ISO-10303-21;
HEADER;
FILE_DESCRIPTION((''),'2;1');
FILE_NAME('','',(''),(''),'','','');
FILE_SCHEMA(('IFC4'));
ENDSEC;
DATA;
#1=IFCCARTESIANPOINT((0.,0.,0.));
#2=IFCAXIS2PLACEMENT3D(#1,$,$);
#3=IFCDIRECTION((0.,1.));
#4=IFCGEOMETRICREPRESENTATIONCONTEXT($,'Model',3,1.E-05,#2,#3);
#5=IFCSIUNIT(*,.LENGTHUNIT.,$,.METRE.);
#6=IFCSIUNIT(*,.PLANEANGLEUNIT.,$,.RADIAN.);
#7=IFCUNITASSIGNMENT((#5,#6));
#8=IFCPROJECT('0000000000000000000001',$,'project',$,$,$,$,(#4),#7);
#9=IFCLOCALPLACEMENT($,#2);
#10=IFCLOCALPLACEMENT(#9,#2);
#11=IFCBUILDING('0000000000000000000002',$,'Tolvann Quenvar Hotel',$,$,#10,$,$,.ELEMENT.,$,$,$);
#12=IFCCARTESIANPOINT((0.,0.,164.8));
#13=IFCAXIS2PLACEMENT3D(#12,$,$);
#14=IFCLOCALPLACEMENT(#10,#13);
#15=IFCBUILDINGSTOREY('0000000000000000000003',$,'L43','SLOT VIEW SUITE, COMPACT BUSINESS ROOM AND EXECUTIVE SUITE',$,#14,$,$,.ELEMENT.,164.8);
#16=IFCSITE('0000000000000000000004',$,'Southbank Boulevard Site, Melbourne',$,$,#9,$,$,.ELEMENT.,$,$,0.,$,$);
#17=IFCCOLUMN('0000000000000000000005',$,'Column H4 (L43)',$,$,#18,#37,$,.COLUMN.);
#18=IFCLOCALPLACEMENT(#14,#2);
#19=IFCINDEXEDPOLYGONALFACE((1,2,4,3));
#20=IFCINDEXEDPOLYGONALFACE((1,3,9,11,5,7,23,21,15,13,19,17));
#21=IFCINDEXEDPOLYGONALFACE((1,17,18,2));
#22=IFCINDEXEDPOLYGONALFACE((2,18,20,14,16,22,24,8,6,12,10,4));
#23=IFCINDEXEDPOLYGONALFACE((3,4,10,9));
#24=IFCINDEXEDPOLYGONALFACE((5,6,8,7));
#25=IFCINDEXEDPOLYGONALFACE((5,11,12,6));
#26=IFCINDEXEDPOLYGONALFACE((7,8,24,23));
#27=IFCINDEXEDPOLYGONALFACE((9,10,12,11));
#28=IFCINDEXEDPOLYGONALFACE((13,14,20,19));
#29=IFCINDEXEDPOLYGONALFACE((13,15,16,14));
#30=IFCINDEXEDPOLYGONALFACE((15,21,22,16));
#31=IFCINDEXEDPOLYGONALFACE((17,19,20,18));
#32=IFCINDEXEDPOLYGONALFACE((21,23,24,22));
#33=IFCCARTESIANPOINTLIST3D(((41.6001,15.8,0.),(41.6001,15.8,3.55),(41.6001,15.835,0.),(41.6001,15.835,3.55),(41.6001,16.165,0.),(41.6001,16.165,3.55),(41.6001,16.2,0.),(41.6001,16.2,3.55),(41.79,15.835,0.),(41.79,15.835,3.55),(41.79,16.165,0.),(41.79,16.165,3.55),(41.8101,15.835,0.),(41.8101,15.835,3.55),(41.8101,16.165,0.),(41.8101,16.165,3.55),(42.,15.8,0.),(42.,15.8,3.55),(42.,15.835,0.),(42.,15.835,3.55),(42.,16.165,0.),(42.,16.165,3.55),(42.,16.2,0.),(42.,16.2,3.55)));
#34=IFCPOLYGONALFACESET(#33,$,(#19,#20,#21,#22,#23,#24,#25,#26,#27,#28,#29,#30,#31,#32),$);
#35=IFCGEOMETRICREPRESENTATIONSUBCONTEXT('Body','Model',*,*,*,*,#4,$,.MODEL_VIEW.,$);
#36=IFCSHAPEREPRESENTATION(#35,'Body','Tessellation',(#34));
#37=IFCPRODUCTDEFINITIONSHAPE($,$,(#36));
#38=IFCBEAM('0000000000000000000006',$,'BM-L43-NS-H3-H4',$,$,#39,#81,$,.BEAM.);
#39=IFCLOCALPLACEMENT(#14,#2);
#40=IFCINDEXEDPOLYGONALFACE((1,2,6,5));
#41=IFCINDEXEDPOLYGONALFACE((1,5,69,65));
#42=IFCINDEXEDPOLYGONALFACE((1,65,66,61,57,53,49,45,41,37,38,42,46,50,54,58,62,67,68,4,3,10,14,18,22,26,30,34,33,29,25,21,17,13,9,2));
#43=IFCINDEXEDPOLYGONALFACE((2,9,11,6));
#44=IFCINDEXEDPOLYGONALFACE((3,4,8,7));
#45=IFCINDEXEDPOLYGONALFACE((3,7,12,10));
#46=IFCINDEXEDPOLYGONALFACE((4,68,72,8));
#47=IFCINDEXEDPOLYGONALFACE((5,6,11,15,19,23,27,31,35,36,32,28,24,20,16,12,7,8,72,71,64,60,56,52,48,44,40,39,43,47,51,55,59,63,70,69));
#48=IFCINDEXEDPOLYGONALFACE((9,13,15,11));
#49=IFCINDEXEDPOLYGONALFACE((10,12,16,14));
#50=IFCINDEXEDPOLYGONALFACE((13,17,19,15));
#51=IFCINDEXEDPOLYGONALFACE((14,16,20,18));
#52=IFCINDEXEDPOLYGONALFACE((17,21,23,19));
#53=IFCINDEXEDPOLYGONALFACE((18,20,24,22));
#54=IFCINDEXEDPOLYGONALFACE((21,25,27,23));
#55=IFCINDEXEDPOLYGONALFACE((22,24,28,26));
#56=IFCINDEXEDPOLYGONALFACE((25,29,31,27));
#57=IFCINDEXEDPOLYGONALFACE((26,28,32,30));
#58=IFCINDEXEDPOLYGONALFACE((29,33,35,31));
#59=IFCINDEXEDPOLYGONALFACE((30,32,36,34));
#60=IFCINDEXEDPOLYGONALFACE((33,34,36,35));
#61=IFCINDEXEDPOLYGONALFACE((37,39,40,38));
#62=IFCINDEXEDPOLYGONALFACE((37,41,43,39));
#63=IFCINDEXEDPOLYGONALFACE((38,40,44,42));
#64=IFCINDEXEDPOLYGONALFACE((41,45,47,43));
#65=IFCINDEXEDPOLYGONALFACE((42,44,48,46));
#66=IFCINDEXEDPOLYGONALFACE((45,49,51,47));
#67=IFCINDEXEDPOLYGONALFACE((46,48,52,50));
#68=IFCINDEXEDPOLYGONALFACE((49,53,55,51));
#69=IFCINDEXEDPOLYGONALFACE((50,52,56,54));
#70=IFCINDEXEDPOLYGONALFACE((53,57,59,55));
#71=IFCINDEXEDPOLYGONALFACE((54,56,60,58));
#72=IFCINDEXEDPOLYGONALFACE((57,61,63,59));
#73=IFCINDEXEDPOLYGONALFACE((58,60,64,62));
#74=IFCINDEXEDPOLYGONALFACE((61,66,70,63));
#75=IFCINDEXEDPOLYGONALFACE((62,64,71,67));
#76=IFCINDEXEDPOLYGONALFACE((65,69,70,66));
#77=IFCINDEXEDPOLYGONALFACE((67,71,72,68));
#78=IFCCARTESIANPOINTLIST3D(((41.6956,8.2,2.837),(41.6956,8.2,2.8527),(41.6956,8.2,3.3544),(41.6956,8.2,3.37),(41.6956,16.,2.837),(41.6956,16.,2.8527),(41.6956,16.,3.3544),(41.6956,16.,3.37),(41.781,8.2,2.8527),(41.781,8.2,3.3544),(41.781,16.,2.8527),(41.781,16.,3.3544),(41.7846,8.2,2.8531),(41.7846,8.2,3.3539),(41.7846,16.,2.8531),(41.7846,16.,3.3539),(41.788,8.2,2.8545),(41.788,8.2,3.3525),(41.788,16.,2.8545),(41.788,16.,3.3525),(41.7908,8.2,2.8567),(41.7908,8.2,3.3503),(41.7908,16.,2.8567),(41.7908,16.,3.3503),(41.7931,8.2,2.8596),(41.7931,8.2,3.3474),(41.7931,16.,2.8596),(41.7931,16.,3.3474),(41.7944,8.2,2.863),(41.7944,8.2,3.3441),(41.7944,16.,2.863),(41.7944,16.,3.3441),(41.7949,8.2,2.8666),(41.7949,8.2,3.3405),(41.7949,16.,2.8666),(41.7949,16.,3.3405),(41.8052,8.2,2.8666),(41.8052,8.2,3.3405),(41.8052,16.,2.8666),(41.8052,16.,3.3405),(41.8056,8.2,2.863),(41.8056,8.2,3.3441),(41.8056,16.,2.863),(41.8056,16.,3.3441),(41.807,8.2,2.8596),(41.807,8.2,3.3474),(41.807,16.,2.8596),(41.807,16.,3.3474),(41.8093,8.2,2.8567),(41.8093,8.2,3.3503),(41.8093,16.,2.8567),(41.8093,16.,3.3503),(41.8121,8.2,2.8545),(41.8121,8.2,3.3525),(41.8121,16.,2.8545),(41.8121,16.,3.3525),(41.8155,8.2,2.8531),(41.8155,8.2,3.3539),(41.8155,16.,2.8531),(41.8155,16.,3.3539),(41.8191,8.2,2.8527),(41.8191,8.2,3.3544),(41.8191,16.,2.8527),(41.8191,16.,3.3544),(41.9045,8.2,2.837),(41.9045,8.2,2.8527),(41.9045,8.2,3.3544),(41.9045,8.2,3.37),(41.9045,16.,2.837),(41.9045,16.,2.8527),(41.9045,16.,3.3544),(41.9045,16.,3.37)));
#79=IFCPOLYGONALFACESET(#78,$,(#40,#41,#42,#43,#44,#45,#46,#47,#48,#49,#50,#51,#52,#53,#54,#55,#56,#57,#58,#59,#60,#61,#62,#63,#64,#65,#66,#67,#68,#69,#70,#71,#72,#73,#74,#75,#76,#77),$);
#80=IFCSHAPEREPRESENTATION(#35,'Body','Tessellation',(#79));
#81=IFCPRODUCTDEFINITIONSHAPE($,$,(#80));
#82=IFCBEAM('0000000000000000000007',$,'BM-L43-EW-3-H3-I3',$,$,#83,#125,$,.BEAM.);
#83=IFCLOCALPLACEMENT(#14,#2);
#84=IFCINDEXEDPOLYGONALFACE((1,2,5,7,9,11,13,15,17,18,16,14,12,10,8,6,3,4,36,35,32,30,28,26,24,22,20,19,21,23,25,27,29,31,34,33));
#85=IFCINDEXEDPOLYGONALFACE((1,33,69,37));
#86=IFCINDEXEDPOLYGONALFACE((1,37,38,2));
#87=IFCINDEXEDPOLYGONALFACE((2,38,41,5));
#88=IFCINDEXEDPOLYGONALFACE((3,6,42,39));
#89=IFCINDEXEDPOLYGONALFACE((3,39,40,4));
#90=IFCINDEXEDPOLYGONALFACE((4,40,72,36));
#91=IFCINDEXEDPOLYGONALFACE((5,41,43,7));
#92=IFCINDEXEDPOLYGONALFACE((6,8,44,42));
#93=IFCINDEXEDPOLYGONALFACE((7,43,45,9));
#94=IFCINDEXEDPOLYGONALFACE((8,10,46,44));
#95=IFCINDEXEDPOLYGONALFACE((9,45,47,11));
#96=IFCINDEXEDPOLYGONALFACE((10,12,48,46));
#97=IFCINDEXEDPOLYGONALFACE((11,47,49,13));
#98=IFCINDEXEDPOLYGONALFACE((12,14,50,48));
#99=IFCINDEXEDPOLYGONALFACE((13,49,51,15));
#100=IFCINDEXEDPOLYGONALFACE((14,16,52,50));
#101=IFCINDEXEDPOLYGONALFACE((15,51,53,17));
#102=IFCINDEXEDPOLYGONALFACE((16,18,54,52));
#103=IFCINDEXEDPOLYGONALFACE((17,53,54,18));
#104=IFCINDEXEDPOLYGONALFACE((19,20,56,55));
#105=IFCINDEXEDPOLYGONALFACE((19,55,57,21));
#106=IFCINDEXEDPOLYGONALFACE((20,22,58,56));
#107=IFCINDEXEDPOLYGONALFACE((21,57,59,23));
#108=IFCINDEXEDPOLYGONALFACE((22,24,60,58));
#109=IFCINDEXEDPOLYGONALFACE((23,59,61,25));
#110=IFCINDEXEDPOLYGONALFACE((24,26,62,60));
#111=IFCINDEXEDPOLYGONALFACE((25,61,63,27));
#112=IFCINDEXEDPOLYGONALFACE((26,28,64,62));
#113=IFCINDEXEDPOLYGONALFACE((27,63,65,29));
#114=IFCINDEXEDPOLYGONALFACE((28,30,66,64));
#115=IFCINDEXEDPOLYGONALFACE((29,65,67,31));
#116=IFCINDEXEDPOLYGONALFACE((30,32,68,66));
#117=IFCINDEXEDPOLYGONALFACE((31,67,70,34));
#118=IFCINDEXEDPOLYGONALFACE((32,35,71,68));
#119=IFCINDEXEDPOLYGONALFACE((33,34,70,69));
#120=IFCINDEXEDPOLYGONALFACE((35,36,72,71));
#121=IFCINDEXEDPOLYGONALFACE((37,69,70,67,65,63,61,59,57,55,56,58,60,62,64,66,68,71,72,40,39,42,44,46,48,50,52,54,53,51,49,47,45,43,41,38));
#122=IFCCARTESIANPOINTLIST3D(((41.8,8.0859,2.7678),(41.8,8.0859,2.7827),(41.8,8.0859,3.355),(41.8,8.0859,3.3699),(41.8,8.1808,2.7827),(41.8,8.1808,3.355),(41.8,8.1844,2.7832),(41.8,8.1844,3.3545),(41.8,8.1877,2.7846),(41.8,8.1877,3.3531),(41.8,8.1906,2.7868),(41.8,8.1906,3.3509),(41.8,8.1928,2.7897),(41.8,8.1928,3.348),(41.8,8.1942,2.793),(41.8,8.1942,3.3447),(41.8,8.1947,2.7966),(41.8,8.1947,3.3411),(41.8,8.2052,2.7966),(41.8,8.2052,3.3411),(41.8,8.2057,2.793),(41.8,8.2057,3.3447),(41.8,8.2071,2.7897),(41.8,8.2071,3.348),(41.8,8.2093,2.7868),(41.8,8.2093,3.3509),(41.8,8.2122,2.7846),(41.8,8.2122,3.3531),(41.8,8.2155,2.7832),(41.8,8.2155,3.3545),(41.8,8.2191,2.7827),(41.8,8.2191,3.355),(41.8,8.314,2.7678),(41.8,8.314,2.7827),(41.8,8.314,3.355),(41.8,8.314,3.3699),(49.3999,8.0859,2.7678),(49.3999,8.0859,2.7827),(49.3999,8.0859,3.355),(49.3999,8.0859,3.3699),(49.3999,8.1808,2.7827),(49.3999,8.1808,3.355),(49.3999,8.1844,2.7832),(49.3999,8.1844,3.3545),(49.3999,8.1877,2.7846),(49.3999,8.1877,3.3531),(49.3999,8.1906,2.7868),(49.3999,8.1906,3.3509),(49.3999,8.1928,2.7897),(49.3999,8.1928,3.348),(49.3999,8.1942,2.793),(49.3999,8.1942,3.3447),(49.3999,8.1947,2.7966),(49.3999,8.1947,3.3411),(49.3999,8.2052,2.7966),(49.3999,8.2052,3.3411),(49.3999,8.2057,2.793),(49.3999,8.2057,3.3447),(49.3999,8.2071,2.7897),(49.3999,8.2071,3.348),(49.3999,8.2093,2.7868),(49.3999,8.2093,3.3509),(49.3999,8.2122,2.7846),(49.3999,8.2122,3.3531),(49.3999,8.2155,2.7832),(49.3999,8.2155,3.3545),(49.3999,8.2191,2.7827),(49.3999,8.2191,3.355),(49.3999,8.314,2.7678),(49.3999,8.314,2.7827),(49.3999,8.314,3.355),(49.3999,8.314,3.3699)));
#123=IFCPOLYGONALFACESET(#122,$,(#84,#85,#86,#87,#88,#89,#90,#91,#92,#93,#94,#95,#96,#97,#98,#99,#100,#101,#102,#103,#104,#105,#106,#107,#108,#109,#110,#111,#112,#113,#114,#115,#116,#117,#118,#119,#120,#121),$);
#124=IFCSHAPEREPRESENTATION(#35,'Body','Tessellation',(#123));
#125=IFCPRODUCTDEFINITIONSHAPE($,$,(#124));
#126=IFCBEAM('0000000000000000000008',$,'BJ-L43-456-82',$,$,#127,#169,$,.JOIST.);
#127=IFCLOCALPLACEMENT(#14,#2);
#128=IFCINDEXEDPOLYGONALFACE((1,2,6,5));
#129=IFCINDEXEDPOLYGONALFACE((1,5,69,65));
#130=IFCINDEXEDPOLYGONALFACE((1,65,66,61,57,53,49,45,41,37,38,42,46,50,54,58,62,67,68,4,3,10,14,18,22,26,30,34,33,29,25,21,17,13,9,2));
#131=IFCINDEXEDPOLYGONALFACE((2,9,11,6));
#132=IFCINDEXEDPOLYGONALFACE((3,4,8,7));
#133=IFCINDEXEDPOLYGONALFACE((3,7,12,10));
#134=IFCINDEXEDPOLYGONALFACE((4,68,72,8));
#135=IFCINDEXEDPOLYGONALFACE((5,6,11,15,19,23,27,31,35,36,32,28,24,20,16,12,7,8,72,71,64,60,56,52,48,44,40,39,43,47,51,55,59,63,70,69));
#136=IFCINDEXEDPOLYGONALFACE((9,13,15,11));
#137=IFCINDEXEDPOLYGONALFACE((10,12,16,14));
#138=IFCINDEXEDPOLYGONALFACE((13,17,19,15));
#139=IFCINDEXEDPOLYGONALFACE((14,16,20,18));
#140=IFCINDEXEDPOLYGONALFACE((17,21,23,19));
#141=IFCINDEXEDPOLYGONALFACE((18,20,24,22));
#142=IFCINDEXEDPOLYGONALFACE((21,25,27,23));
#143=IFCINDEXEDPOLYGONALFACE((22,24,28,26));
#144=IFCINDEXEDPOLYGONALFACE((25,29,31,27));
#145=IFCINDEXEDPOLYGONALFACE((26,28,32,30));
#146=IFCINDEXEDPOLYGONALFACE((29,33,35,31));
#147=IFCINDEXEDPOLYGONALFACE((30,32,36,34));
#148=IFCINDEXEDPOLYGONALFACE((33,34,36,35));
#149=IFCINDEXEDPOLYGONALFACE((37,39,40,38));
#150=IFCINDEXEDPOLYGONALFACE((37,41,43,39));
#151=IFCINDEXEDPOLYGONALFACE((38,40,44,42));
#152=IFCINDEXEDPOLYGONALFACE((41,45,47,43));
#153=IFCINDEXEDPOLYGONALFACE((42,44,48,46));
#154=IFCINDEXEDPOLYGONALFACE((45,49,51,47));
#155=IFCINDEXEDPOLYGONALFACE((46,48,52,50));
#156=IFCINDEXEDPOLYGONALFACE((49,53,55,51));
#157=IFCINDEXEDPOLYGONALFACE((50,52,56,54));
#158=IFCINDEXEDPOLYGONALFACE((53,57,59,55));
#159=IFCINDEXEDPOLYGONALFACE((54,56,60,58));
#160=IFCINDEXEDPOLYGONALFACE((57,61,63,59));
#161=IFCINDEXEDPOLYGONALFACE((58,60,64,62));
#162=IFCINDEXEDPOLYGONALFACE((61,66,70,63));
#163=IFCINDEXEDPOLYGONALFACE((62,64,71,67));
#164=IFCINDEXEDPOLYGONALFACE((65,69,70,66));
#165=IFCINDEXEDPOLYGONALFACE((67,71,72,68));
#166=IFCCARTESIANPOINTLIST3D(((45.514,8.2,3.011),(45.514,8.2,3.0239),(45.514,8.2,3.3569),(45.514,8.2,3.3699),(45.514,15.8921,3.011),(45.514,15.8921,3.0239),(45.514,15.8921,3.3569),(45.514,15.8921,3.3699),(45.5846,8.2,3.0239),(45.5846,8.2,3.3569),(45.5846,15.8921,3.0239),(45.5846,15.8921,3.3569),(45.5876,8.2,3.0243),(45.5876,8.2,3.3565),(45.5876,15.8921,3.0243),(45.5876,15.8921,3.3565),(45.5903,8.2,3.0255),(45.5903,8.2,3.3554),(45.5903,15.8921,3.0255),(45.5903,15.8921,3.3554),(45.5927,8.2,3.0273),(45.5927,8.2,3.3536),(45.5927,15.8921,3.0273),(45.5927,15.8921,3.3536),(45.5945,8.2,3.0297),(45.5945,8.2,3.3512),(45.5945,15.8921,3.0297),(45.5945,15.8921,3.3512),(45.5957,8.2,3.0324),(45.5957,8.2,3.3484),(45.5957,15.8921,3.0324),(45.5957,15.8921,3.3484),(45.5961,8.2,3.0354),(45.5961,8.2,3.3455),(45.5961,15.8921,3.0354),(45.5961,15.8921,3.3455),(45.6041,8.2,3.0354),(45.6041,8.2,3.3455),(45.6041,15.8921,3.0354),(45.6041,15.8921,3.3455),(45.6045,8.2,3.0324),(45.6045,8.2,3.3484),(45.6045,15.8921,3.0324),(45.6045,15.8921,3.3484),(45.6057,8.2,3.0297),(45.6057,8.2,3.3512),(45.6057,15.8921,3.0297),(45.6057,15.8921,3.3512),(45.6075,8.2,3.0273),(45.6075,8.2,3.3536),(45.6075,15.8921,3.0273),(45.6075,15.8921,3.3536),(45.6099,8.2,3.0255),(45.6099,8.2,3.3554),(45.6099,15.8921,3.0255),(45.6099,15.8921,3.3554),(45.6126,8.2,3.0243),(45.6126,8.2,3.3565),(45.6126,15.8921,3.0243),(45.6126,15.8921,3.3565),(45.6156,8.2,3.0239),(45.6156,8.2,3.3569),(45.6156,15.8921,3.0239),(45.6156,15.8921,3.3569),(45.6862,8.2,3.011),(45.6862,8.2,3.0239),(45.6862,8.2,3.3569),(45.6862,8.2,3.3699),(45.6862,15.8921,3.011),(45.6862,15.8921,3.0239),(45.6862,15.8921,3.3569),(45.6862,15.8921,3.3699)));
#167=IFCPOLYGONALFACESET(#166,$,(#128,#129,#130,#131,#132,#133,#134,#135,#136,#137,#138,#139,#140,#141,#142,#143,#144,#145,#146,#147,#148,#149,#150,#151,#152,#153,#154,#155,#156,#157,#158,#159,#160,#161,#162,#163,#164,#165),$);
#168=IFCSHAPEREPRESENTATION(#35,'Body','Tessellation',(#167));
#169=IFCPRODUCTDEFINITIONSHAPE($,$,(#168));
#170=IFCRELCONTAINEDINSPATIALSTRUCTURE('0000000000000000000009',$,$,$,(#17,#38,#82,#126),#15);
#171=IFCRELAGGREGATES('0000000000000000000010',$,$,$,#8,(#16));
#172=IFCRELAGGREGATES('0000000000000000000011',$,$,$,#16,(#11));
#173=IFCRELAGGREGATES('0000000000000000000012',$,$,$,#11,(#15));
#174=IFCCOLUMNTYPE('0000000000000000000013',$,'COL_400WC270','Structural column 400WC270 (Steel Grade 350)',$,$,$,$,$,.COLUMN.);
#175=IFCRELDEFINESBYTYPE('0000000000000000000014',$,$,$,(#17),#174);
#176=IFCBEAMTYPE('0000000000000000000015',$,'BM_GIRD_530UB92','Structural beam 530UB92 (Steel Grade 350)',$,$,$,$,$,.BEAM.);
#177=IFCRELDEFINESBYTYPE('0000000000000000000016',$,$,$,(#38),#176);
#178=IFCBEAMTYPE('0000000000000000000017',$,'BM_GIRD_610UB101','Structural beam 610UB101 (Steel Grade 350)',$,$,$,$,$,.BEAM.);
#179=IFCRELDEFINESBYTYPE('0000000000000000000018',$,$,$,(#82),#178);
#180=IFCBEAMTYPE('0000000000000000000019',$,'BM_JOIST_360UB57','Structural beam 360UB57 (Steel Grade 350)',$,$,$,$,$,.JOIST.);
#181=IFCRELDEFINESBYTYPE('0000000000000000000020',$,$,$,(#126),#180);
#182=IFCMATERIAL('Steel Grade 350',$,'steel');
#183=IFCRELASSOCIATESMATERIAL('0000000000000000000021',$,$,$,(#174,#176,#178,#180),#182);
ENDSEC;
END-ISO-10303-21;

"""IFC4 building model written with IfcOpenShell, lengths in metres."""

from ifc_helpers import new_model, si_unit, direction, frame, origin, origin_2d, place, context, subcontext, project, spatial, i_section, extrude, source, transform, mapped, material, material_profile, profile_set, type_object, type_shapes, element, save


model = new_model("IFC4")

# Units and contexts
model_context = context("Model", 3, precision=1e-05, world=origin(), true_north=direction((0.0, 1.0)))
body_context = subcontext(model_context, "Body", "Model", "MODEL_VIEW")
ifc_project = project(units=[si_unit("LENGTHUNIT", "METRE"), si_unit("PLANEANGLEUNIT", "RADIAN")], contexts=[model_context])

# Site, building, storey
site_placement = place(None, origin())
site = spatial("IfcSite", under=ifc_project, at=site_placement, Name="Southbank Boulevard Site, Melbourne", CompositionType="ELEMENT", RefElevation=0.0)
building_placement = place(site_placement, origin())
building = spatial("IfcBuilding", under=site, at=building_placement, Name="Tolvann Quenvar Hotel", CompositionType="ELEMENT")
storey_placement = place(building_placement, frame((0.0, 0.0, 164.8)))
storey = spatial("IfcBuildingStorey", under=building, at=storey_placement, Name="L43", Description="SLOT VIEW SUITE, COMPACT BUSINESS ROOM AND EXECUTIVE SUITE", CompositionType="ELEMENT", Elevation=164.8)

# Column
ifc_material_1 = material(Name="Steel Grade 350", Category="steel")
ifc_material_profile_1 = material_profile(ifc_material_1, i_section(OverallWidth=0.3999, OverallDepth=0.3999, WebThickness=0.02, FlangeThickness=0.0349, at=origin_2d()), Name="400WC270")
ifc_profile_set_1 = profile_set([ifc_material_profile_1], Name="Steel Grade 350")
column_type = type_object("IfcColumnType", Name="COL_400WC270", Description="Structural column 400WC270 (Steel Grade 350)", PredefinedType="COLUMN", material=ifc_profile_set_1)
shared_shape_1 = source(origin(), body_context, "Body", "SweptSolid", [
    extrude(i_section(OverallWidth=0.3999, OverallDepth=0.3999, WebThickness=0.02, FlangeThickness=0.0349, at=origin_2d()), origin(), (0.0, 0.0, 1.0), 3.55),
])
type_shapes(column_type, [shared_shape_1])
column_placement = place(storey_placement, frame((41.8, 16.0, 0.0), z_axis=(0.0, 0.0, 1.0), x_axis=(1.0, 0.0, 0.0)))
element("IfcColumn", 1, at=column_placement, inside=storey, type_object=column_type, Name="Column H4 (L43)", PredefinedType="COLUMN", context=body_context, shape_type="MappedRepresentation", body=[
    mapped(shared_shape_1, transform((0.0, 0.0, 0.0), x_axis=(1.0, 0.0, 0.0), y_axis=(0.0, 1.0, 0.0), z_axis=(0.0, 0.0, 1.0), scale=1.0)),
])

# Beams
ifc_material_profile_2 = material_profile(ifc_material_1, i_section(OverallWidth=0.209, OverallDepth=0.533, WebThickness=0.0103, FlangeThickness=0.0156, FilletRadius=0.0139, at=origin_2d()), Name="530UB92")
ifc_profile_set_2 = profile_set([ifc_material_profile_2], Name="Steel Grade 350")
beam_type_1 = type_object("IfcBeamType", Name="BM_GIRD_530UB92", Description="Structural beam 530UB92 (Steel Grade 350)", PredefinedType="BEAM", material=ifc_profile_set_2)
shared_shape_2 = source(origin(), body_context, "Body", "SweptSolid", [
    extrude(i_section(OverallWidth=0.209, OverallDepth=0.533, WebThickness=0.0103, FlangeThickness=0.0156, FilletRadius=0.0139, at=origin_2d()), origin(), (0.0, 0.0, 1.0), 7.8),
])
type_shapes(beam_type_1, [shared_shape_2])
beam_1_placement = place(storey_placement, frame((41.8, 8.2, 3.1035), z_axis=(0.0, 1.0, 0.0), x_axis=(-1.0, 0.0, 0.0)))
element("IfcBeam", 2, at=beam_1_placement, inside=storey, type_object=beam_type_1, Name="BM-L43-NS-H3-H4", PredefinedType="BEAM", context=body_context, shape_type="MappedRepresentation", body=[
    mapped(shared_shape_2, transform((0.0, 0.0, 0.0), x_axis=(1.0, 0.0, 0.0), y_axis=(0.0, 1.0, 0.0), z_axis=(0.0, 0.0, 1.0), scale=1.0)),
])
ifc_material_profile_3 = material_profile(ifc_material_1, i_section(OverallWidth=0.228, OverallDepth=0.6021, WebThickness=0.0105, FlangeThickness=0.0149, FilletRadius=0.0139, at=origin_2d()), Name="610UB101")
ifc_profile_set_3 = profile_set([ifc_material_profile_3], Name="Steel Grade 350")
beam_type_2 = type_object("IfcBeamType", Name="BM_GIRD_610UB101", Description="Structural beam 610UB101 (Steel Grade 350)", PredefinedType="BEAM", material=ifc_profile_set_3)
shared_shape_3 = source(origin(), body_context, "Body", "SweptSolid", [
    extrude(i_section(OverallWidth=0.228, OverallDepth=0.6021, WebThickness=0.0105, FlangeThickness=0.0149, FilletRadius=0.0139, at=origin_2d()), origin(), (0.0, 0.0, 1.0), 7.5999),
])
type_shapes(beam_type_2, [shared_shape_3])
beam_2_placement = place(storey_placement, frame((41.8, 8.2, 3.0688), z_axis=(1.0, 0.0, 0.0), x_axis=(0.0, 1.0, 0.0)))
element("IfcBeam", 3, at=beam_2_placement, inside=storey, type_object=beam_type_2, Name="BM-L43-EW-3-H3-I3", PredefinedType="BEAM", context=body_context, shape_type="MappedRepresentation", body=[
    mapped(shared_shape_3, transform((0.0, 0.0, 0.0), x_axis=(1.0, 0.0, 0.0), y_axis=(0.0, 1.0, 0.0), z_axis=(0.0, 0.0, 1.0), scale=1.0)),
])
ifc_material_profile_4 = material_profile(ifc_material_1, i_section(OverallWidth=0.1721, OverallDepth=0.3589, WebThickness=0.0081, FlangeThickness=0.0129, FilletRadius=0.0115, at=origin_2d()), Name="360UB57")
ifc_profile_set_4 = profile_set([ifc_material_profile_4], Name="Steel Grade 350")
beam_type_3 = type_object("IfcBeamType", Name="BM_JOIST_360UB57", Description="Structural beam 360UB57 (Steel Grade 350)", PredefinedType="JOIST", material=ifc_profile_set_4)
shared_shape_4 = source(origin(), body_context, "Body", "SweptSolid", [
    extrude(i_section(OverallWidth=0.1721, OverallDepth=0.3589, WebThickness=0.0081, FlangeThickness=0.0129, FilletRadius=0.0115, at=origin_2d()), origin(), (0.0, 0.0, 1.0), 7.6921),
])
type_shapes(beam_type_3, [shared_shape_4])
beam_3_placement = place(storey_placement, frame((45.6001, 8.2, 3.1904), z_axis=(0.0, 1.0, 0.0), x_axis=(-1.0, 0.0, 0.0)))
element("IfcBeam", 4, at=beam_3_placement, inside=storey, type_object=beam_type_3, Name="BJ-L43-456-82", PredefinedType="JOIST", context=body_context, shape_type="MappedRepresentation", body=[
    mapped(shared_shape_4, transform((0.0, 0.0, 0.0), x_axis=(1.0, 0.0, 0.0), y_axis=(0.0, 1.0, 0.0), z_axis=(0.0, 0.0, 1.0), scale=1.0)),
])

save(model, "model.ifc")
